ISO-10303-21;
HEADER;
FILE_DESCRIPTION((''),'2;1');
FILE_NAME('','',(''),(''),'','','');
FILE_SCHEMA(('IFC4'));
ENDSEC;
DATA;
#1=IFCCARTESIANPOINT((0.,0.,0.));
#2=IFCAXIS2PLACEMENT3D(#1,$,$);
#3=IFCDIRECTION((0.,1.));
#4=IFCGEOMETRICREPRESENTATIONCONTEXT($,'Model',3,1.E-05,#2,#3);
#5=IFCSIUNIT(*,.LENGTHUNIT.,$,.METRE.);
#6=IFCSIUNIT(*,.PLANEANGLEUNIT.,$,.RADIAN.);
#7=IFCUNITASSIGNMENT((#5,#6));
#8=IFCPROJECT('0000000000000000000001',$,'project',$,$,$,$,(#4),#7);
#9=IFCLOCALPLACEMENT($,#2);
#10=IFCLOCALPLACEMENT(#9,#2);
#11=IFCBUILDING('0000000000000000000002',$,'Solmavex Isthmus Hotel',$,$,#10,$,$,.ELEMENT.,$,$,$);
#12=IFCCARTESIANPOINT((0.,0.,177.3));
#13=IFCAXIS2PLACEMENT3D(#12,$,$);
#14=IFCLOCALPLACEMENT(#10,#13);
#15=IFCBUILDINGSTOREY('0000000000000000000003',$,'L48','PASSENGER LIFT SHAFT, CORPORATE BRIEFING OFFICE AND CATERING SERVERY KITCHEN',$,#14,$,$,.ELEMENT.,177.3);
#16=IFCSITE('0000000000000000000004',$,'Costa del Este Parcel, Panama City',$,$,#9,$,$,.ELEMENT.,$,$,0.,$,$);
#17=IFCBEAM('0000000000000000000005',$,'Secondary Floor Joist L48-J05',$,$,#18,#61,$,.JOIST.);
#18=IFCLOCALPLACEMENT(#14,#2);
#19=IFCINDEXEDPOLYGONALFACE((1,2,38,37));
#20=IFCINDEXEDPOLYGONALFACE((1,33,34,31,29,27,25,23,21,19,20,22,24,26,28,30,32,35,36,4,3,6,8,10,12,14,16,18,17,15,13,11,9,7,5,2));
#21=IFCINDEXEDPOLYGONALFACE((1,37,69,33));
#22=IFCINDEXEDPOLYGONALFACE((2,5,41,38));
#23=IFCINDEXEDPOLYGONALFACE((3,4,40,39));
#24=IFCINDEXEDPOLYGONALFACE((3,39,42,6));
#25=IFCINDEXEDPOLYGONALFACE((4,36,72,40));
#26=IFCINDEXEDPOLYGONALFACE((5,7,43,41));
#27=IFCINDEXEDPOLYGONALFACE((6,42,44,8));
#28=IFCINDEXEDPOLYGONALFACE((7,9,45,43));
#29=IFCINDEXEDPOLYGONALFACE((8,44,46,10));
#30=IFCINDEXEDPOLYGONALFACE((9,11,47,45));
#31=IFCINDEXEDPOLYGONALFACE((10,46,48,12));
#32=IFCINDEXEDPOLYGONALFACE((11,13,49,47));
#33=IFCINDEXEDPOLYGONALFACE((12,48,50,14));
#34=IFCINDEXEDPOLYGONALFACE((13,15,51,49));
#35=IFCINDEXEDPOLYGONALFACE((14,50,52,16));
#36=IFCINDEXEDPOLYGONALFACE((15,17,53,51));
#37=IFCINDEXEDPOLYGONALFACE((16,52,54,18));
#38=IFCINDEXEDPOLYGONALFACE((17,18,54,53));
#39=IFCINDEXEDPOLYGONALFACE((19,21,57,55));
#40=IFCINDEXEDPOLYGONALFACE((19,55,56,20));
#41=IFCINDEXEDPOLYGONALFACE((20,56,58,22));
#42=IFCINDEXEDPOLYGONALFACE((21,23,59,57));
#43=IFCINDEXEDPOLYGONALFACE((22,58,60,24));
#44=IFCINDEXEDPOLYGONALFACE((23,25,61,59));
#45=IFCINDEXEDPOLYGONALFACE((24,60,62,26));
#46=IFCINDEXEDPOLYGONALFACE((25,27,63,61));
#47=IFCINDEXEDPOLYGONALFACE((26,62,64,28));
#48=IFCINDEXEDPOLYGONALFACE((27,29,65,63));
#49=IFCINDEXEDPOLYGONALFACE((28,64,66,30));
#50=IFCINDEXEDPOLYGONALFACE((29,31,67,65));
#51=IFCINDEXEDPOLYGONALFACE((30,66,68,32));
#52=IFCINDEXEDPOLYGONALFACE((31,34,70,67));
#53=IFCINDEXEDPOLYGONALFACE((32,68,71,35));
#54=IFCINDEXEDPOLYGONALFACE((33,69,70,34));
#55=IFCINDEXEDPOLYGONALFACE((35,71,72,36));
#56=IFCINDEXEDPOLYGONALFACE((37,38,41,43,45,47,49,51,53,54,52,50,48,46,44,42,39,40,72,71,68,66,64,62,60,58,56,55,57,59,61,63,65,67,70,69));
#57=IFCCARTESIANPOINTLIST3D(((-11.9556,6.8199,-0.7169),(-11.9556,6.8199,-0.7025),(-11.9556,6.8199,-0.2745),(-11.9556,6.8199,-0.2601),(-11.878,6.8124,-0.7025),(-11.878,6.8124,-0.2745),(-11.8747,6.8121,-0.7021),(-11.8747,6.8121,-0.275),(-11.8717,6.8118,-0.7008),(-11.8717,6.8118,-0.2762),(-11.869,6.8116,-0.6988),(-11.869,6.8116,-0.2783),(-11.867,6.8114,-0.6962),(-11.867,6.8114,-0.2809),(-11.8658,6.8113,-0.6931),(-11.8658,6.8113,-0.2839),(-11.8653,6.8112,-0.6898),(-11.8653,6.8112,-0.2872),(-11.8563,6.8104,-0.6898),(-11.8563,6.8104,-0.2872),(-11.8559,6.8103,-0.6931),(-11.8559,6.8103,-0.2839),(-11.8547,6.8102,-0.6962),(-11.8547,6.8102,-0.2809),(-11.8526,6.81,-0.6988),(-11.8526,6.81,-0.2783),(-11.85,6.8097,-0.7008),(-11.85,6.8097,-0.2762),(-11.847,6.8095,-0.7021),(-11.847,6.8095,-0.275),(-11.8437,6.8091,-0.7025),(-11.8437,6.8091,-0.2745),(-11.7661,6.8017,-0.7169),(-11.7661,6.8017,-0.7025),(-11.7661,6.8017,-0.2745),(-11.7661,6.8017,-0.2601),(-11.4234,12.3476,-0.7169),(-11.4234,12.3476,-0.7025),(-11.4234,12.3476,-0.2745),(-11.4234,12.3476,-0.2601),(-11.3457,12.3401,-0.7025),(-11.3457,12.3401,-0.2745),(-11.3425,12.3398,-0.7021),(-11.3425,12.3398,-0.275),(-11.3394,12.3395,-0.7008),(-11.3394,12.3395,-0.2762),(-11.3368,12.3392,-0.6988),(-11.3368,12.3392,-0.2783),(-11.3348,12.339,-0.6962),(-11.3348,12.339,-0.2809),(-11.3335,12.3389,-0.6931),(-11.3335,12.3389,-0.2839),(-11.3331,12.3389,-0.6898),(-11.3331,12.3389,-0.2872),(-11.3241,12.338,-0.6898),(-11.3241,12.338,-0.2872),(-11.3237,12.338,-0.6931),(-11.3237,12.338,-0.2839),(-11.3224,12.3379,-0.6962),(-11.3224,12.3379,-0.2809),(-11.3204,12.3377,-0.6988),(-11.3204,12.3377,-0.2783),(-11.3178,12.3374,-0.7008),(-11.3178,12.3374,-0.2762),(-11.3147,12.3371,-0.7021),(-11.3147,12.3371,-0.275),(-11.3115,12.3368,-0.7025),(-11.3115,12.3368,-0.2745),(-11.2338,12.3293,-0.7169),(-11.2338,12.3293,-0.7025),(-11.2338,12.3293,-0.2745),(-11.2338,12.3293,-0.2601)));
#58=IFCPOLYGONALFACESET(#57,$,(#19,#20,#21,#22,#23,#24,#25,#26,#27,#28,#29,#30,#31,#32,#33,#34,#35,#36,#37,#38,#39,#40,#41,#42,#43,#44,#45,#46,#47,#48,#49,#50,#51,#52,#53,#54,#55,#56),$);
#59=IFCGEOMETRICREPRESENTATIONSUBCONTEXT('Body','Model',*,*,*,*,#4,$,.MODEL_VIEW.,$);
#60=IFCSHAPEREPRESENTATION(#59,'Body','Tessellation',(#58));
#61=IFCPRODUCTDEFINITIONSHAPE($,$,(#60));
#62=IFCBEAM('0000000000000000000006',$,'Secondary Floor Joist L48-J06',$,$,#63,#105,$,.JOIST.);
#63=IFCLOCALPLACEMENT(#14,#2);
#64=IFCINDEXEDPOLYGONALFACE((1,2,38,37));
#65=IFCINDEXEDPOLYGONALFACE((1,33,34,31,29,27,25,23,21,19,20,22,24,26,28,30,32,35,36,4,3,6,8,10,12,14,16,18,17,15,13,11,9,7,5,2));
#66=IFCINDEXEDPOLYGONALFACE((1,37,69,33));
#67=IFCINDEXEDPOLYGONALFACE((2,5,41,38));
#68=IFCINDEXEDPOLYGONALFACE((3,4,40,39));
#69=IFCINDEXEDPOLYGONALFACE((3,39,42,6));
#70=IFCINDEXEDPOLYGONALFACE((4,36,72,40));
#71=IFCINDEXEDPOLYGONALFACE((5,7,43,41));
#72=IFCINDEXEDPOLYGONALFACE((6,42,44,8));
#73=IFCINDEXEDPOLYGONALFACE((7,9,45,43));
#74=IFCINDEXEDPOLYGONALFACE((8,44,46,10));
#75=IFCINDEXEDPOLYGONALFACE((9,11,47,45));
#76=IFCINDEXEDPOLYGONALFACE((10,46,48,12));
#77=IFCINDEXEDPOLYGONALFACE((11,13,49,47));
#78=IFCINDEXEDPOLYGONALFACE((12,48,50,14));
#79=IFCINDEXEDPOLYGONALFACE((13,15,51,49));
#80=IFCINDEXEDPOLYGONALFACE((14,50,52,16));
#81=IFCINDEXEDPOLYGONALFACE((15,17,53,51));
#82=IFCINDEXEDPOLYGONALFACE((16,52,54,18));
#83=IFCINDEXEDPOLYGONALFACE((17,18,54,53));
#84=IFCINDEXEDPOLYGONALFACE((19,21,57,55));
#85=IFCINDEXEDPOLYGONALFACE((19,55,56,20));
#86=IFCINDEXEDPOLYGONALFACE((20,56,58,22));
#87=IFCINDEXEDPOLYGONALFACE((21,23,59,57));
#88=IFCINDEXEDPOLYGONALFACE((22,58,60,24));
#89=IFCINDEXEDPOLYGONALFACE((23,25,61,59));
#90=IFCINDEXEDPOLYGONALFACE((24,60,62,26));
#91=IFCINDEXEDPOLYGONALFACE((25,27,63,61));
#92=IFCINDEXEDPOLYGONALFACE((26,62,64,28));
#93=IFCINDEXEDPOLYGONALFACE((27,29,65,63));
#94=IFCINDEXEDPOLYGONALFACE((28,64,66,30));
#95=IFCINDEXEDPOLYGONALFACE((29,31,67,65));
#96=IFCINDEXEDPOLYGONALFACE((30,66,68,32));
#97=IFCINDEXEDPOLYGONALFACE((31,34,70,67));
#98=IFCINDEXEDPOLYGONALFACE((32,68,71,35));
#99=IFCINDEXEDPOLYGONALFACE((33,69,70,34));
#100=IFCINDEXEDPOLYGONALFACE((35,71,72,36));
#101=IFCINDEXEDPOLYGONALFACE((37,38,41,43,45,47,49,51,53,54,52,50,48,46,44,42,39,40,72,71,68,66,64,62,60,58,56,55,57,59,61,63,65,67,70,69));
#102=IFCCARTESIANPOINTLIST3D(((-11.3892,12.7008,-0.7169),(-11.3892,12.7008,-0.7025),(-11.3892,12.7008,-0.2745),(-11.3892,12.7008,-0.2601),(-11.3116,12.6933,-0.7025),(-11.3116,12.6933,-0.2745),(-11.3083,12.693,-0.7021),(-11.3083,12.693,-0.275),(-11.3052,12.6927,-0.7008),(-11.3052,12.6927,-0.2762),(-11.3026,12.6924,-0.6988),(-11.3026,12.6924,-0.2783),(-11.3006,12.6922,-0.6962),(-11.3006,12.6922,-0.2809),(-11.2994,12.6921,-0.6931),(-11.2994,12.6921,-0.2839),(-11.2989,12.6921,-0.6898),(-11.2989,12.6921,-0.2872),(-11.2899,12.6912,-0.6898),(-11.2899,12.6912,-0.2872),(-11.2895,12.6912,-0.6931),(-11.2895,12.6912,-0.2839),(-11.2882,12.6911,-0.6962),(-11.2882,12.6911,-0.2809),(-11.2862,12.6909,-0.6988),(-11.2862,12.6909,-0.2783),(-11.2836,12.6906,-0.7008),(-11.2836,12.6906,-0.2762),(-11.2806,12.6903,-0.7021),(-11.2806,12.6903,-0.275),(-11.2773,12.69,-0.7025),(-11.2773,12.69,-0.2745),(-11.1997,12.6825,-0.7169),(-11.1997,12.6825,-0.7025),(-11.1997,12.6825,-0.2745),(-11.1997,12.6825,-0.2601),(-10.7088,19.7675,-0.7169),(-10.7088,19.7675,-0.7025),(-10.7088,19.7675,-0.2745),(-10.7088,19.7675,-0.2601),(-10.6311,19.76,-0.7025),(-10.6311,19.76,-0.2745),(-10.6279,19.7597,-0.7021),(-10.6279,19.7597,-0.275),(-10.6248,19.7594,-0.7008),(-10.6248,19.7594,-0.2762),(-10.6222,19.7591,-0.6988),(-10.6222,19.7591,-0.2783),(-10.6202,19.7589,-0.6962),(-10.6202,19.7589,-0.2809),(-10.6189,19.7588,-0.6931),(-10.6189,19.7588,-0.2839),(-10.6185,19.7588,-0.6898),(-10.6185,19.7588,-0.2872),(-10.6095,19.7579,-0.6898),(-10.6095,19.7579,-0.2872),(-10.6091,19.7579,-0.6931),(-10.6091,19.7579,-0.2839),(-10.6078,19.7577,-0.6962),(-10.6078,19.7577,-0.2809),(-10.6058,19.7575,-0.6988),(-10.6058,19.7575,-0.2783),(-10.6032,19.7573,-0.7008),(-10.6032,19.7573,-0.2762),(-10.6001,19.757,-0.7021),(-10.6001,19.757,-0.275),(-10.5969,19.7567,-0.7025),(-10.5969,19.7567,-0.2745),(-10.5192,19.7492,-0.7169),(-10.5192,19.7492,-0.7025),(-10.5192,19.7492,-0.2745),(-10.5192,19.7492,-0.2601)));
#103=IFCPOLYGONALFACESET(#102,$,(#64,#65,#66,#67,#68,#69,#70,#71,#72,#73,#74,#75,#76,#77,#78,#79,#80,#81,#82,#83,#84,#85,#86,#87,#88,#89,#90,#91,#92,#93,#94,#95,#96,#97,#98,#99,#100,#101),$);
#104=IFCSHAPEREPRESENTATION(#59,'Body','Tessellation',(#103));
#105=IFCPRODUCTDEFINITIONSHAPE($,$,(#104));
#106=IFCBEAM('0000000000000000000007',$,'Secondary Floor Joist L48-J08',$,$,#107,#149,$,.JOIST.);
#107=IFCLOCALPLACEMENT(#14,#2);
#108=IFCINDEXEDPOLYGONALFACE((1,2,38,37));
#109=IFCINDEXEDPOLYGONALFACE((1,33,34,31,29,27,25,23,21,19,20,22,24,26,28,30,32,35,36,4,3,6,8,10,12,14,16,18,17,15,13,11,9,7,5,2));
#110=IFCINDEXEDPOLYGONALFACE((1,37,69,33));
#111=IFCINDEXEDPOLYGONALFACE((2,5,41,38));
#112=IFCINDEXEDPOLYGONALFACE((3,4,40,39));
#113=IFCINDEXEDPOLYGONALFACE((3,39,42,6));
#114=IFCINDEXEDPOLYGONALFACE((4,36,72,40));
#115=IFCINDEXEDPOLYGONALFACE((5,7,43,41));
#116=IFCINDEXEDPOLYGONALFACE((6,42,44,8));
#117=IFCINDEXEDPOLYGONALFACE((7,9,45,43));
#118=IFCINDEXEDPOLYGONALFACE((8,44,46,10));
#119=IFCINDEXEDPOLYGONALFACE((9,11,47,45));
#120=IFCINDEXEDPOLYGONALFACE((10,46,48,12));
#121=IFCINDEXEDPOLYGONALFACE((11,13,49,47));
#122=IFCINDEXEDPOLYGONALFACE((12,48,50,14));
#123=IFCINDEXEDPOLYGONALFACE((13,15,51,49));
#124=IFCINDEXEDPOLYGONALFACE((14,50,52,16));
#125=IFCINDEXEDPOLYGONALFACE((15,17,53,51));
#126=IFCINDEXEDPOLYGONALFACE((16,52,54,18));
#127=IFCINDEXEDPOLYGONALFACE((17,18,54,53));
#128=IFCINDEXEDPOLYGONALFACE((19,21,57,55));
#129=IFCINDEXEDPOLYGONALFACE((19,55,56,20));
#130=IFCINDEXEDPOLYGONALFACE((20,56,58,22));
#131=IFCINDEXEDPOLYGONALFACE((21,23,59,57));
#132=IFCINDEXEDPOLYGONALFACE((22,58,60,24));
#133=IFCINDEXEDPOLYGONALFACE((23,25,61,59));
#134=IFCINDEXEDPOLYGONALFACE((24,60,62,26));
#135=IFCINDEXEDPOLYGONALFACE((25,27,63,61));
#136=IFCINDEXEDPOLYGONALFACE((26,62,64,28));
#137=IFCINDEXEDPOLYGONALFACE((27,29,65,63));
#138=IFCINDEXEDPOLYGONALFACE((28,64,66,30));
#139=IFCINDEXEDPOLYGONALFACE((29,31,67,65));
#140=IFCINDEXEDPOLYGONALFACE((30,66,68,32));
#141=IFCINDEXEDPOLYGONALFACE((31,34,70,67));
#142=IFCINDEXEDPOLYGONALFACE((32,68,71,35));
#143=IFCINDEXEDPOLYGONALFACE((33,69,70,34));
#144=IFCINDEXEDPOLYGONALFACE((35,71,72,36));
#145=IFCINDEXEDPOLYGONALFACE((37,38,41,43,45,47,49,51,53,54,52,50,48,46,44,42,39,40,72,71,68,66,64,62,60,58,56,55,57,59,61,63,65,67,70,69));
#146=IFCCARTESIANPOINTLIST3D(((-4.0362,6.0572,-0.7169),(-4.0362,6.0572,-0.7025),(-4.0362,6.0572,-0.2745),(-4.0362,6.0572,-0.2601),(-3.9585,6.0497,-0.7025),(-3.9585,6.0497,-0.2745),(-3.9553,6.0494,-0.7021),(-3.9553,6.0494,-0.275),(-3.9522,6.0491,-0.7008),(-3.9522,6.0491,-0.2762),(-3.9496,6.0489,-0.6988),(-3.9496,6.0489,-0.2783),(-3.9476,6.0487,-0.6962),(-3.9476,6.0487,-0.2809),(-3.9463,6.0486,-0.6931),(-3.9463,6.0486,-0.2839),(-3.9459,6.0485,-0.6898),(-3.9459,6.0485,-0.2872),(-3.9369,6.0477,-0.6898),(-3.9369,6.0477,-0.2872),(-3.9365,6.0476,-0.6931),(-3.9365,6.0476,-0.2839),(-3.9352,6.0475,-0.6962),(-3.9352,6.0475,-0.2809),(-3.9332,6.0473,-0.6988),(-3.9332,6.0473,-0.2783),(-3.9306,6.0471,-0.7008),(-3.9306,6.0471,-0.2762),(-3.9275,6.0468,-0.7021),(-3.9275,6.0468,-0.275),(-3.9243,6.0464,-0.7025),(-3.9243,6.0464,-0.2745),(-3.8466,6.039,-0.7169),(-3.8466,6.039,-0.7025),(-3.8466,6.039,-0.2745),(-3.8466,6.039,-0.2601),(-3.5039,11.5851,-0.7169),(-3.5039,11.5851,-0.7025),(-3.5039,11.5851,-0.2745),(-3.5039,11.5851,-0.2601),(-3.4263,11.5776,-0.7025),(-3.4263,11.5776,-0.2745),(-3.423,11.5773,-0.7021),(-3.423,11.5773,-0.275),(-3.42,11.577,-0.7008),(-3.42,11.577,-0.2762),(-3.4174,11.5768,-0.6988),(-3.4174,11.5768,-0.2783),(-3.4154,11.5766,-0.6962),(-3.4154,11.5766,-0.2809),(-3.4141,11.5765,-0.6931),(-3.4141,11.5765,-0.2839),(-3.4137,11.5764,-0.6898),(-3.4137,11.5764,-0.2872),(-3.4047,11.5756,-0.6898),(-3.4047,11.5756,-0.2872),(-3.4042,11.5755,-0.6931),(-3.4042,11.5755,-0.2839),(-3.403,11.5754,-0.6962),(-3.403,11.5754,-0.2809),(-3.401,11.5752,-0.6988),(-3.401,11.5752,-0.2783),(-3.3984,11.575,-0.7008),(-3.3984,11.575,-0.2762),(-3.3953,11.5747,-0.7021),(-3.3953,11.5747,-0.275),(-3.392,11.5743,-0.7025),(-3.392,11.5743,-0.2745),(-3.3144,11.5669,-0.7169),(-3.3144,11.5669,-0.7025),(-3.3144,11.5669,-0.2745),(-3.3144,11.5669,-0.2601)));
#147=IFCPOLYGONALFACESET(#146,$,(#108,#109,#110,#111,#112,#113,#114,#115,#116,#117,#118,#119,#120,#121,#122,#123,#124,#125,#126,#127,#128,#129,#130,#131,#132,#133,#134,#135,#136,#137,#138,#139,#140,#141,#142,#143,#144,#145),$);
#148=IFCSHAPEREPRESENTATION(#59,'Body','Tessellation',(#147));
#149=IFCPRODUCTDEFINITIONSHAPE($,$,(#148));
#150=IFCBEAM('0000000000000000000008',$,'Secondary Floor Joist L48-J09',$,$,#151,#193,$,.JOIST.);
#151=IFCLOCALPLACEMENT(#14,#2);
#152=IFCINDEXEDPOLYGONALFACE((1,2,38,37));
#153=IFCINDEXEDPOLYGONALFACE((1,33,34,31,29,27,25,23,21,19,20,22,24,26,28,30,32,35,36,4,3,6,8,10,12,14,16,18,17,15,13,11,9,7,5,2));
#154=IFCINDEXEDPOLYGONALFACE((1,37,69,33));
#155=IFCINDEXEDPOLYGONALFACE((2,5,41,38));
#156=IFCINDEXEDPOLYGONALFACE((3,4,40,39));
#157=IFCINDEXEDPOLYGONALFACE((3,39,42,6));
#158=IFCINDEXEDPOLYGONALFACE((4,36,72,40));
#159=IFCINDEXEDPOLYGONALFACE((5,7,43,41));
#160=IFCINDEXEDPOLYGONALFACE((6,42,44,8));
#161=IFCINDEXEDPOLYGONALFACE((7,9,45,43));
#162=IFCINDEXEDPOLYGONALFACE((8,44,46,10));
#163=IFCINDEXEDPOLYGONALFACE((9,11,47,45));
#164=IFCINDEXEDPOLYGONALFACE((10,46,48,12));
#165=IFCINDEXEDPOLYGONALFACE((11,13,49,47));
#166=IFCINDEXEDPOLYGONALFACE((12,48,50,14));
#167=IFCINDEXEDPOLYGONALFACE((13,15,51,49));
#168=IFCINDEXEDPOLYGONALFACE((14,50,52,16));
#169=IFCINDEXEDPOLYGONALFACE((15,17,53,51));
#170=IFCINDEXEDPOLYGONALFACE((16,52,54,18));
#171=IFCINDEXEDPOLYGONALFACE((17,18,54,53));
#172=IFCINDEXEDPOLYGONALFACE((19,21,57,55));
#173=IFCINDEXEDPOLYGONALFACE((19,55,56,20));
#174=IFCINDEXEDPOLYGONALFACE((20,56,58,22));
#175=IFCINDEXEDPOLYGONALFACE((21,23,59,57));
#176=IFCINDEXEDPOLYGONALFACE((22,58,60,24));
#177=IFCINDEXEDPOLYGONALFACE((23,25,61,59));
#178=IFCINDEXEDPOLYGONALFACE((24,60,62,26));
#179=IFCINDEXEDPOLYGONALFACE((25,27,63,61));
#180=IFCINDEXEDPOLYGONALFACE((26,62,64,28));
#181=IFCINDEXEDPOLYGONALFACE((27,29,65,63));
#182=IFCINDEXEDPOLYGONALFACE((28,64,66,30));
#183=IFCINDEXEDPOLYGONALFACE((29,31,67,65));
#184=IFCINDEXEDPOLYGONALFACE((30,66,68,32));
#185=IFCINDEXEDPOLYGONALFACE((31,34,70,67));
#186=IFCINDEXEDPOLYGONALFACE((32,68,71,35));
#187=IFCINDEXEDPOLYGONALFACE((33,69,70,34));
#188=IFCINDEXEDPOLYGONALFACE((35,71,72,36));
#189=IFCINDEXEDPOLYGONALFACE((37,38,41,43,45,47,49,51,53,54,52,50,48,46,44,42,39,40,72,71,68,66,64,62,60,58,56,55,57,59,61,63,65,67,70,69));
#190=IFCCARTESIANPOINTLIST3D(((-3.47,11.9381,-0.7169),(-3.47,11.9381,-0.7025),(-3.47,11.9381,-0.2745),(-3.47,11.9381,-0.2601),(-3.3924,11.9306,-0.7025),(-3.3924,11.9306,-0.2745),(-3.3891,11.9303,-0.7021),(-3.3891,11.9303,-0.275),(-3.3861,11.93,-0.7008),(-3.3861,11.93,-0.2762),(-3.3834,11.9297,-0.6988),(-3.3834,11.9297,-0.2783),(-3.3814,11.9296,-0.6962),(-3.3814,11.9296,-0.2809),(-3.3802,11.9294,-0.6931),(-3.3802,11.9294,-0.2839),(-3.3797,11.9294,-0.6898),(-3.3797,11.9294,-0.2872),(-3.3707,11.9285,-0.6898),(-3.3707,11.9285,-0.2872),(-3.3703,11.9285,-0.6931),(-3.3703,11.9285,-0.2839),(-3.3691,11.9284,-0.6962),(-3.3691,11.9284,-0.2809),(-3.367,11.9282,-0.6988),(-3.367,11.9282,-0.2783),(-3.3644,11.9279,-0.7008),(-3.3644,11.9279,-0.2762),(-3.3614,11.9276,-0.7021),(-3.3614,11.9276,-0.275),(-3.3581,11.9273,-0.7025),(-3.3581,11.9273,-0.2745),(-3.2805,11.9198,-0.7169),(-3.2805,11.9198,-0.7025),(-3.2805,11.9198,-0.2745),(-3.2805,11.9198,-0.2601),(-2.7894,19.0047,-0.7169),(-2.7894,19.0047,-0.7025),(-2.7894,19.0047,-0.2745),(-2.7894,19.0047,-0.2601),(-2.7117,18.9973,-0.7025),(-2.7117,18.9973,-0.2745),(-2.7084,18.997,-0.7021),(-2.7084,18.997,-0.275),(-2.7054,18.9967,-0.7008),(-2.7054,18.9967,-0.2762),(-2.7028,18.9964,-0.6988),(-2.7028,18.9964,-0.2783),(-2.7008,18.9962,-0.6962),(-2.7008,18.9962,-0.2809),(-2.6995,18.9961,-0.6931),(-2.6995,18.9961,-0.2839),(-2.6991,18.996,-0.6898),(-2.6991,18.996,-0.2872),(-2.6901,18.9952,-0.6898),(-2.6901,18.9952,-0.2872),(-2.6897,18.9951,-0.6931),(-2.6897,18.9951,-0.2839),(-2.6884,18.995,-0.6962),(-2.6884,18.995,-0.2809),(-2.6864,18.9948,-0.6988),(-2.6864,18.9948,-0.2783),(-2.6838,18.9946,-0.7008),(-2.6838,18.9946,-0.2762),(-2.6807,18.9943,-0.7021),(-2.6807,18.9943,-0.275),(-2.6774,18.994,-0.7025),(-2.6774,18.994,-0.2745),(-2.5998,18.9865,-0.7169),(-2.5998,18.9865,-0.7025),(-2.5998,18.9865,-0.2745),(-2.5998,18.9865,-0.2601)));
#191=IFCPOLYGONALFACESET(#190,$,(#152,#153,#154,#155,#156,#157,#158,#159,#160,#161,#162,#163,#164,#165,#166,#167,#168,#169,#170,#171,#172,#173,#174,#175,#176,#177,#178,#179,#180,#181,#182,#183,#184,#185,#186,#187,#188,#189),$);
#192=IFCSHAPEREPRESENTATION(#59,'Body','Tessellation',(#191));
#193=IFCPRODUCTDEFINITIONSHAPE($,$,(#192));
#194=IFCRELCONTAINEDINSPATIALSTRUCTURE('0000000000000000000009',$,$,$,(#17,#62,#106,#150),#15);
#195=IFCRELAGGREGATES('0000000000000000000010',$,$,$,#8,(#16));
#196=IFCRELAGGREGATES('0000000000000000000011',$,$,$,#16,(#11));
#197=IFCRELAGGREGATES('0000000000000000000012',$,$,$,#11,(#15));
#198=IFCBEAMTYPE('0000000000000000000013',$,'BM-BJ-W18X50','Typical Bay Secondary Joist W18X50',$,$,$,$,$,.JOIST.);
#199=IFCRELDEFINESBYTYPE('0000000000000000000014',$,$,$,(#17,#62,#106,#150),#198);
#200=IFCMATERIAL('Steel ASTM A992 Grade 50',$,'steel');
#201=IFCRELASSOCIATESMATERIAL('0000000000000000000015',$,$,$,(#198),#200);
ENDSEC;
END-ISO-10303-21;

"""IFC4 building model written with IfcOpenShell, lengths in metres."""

from ifc_helpers import new_model, si_unit, direction, frame, origin, origin_2d, place, context, subcontext, project, spatial, i_section, extrude, material, material_profile, profile_set, type_object, element, save


model = new_model("IFC4")

# Units and contexts
model_context = context("Model", 3, precision=1e-05, world=origin(), true_north=direction((0.0, 1.0)))
body_context = subcontext(model_context, "Body", "Model", "MODEL_VIEW")
ifc_project = project(units=[si_unit("LENGTHUNIT", "METRE"), si_unit("PLANEANGLEUNIT", "RADIAN")], contexts=[model_context])

# Site, building, storey
site_placement = place(None, origin())
site = spatial("IfcSite", under=ifc_project, at=site_placement, Name="Costa del Este Parcel, Panama City", CompositionType="ELEMENT", RefElevation=0.0)
building_placement = place(site_placement, origin())
building = spatial("IfcBuilding", under=site, at=building_placement, Name="Solmavex Isthmus Hotel", CompositionType="ELEMENT")
storey_placement = place(building_placement, frame((0.0, 0.0, 177.3)))
storey = spatial("IfcBuildingStorey", under=building, at=storey_placement, Name="L48", Description="PASSENGER LIFT SHAFT, CORPORATE BRIEFING OFFICE AND CATERING SERVERY KITCHEN", CompositionType="ELEMENT", Elevation=177.3)

# Beams
ifc_material_1 = material(Name="Steel ASTM A992 Grade 50", Category="steel")
ifc_material_profile_1 = material_profile(ifc_material_1, i_section(OverallWidth=0.1904, OverallDepth=0.4568, WebThickness=0.009, FlangeThickness=0.0144, FilletRadius=0.0127, at=origin_2d()), Name="W18X50")
ifc_profile_set_1 = profile_set([ifc_material_profile_1], Name="Steel ASTM A992 Grade 50")
beam_type_1 = type_object("IfcBeamType", Name="BM-BJ-W18X50", Description="Typical Bay Secondary Joist W18X50", PredefinedType="JOIST", material=ifc_profile_set_1)
beam_1_placement = place(storey_placement, frame((-11.8608, 6.8108, -0.4885), z_axis=(0.095842, 0.995397, 0.0), x_axis=(-0.995397, 0.095842, 0.0)))
element("IfcBeam", 1, at=beam_1_placement, inside=storey, type_object=beam_type_1, Name="Secondary Floor Joist L48-J05", PredefinedType="JOIST", context=body_context, shape_type="SweptSolid", body=[
    extrude(i_section(OverallWidth=0.1904, OverallDepth=0.4568, WebThickness=0.009, FlangeThickness=0.0144, FilletRadius=0.0127, at=origin_2d()), origin(), (0.0, 0.0, 1.0), 5.5532),
])
beam_2_placement = place(storey_placement, frame((-11.2944, 12.6917, -0.4885), z_axis=(0.095843, 0.995396, 0.0), x_axis=(-0.995396, 0.095843, 0.0)))
element("IfcBeam", 2, at=beam_2_placement, inside=storey, type_object=beam_type_1, Name="Secondary Floor Joist L48-J06", PredefinedType="JOIST", context=body_context, shape_type="SweptSolid", body=[
    extrude(i_section(OverallWidth=0.1904, OverallDepth=0.4568, WebThickness=0.009, FlangeThickness=0.0144, FilletRadius=0.0127, at=origin_2d()), origin(), (0.0, 0.0, 1.0), 7.0994),
])
beam_3_placement = place(storey_placement, frame((-3.9414, 6.0481, -0.4885), z_axis=(0.095838, 0.995397, 0.0), x_axis=(-0.995397, 0.095838, 0.0)))
element("IfcBeam", 3, at=beam_3_placement, inside=storey, type_object=beam_type_1, Name="Secondary Floor Joist L48-J08", PredefinedType="JOIST", context=body_context, shape_type="SweptSolid", body=[
    extrude(i_section(OverallWidth=0.1904, OverallDepth=0.4568, WebThickness=0.009, FlangeThickness=0.0144, FilletRadius=0.0127, at=origin_2d()), origin(), (0.0, 0.0, 1.0), 5.5535),
])
beam_4_placement = place(storey_placement, frame((-3.3752, 11.929, -0.4885), z_axis=(0.095877, 0.995393, 0.0), x_axis=(-0.995393, 0.095877, 0.0)))
element("IfcBeam", 4, at=beam_4_placement, inside=storey, type_object=beam_type_1, Name="Secondary Floor Joist L48-J09", PredefinedType="JOIST", context=body_context, shape_type="SweptSolid", body=[
    extrude(i_section(OverallWidth=0.1904, OverallDepth=0.4568, WebThickness=0.009, FlangeThickness=0.0144, FilletRadius=0.0127, at=origin_2d()), origin(), (0.0, 0.0, 1.0), 7.0994),
])

save(model, "model.ifc")
